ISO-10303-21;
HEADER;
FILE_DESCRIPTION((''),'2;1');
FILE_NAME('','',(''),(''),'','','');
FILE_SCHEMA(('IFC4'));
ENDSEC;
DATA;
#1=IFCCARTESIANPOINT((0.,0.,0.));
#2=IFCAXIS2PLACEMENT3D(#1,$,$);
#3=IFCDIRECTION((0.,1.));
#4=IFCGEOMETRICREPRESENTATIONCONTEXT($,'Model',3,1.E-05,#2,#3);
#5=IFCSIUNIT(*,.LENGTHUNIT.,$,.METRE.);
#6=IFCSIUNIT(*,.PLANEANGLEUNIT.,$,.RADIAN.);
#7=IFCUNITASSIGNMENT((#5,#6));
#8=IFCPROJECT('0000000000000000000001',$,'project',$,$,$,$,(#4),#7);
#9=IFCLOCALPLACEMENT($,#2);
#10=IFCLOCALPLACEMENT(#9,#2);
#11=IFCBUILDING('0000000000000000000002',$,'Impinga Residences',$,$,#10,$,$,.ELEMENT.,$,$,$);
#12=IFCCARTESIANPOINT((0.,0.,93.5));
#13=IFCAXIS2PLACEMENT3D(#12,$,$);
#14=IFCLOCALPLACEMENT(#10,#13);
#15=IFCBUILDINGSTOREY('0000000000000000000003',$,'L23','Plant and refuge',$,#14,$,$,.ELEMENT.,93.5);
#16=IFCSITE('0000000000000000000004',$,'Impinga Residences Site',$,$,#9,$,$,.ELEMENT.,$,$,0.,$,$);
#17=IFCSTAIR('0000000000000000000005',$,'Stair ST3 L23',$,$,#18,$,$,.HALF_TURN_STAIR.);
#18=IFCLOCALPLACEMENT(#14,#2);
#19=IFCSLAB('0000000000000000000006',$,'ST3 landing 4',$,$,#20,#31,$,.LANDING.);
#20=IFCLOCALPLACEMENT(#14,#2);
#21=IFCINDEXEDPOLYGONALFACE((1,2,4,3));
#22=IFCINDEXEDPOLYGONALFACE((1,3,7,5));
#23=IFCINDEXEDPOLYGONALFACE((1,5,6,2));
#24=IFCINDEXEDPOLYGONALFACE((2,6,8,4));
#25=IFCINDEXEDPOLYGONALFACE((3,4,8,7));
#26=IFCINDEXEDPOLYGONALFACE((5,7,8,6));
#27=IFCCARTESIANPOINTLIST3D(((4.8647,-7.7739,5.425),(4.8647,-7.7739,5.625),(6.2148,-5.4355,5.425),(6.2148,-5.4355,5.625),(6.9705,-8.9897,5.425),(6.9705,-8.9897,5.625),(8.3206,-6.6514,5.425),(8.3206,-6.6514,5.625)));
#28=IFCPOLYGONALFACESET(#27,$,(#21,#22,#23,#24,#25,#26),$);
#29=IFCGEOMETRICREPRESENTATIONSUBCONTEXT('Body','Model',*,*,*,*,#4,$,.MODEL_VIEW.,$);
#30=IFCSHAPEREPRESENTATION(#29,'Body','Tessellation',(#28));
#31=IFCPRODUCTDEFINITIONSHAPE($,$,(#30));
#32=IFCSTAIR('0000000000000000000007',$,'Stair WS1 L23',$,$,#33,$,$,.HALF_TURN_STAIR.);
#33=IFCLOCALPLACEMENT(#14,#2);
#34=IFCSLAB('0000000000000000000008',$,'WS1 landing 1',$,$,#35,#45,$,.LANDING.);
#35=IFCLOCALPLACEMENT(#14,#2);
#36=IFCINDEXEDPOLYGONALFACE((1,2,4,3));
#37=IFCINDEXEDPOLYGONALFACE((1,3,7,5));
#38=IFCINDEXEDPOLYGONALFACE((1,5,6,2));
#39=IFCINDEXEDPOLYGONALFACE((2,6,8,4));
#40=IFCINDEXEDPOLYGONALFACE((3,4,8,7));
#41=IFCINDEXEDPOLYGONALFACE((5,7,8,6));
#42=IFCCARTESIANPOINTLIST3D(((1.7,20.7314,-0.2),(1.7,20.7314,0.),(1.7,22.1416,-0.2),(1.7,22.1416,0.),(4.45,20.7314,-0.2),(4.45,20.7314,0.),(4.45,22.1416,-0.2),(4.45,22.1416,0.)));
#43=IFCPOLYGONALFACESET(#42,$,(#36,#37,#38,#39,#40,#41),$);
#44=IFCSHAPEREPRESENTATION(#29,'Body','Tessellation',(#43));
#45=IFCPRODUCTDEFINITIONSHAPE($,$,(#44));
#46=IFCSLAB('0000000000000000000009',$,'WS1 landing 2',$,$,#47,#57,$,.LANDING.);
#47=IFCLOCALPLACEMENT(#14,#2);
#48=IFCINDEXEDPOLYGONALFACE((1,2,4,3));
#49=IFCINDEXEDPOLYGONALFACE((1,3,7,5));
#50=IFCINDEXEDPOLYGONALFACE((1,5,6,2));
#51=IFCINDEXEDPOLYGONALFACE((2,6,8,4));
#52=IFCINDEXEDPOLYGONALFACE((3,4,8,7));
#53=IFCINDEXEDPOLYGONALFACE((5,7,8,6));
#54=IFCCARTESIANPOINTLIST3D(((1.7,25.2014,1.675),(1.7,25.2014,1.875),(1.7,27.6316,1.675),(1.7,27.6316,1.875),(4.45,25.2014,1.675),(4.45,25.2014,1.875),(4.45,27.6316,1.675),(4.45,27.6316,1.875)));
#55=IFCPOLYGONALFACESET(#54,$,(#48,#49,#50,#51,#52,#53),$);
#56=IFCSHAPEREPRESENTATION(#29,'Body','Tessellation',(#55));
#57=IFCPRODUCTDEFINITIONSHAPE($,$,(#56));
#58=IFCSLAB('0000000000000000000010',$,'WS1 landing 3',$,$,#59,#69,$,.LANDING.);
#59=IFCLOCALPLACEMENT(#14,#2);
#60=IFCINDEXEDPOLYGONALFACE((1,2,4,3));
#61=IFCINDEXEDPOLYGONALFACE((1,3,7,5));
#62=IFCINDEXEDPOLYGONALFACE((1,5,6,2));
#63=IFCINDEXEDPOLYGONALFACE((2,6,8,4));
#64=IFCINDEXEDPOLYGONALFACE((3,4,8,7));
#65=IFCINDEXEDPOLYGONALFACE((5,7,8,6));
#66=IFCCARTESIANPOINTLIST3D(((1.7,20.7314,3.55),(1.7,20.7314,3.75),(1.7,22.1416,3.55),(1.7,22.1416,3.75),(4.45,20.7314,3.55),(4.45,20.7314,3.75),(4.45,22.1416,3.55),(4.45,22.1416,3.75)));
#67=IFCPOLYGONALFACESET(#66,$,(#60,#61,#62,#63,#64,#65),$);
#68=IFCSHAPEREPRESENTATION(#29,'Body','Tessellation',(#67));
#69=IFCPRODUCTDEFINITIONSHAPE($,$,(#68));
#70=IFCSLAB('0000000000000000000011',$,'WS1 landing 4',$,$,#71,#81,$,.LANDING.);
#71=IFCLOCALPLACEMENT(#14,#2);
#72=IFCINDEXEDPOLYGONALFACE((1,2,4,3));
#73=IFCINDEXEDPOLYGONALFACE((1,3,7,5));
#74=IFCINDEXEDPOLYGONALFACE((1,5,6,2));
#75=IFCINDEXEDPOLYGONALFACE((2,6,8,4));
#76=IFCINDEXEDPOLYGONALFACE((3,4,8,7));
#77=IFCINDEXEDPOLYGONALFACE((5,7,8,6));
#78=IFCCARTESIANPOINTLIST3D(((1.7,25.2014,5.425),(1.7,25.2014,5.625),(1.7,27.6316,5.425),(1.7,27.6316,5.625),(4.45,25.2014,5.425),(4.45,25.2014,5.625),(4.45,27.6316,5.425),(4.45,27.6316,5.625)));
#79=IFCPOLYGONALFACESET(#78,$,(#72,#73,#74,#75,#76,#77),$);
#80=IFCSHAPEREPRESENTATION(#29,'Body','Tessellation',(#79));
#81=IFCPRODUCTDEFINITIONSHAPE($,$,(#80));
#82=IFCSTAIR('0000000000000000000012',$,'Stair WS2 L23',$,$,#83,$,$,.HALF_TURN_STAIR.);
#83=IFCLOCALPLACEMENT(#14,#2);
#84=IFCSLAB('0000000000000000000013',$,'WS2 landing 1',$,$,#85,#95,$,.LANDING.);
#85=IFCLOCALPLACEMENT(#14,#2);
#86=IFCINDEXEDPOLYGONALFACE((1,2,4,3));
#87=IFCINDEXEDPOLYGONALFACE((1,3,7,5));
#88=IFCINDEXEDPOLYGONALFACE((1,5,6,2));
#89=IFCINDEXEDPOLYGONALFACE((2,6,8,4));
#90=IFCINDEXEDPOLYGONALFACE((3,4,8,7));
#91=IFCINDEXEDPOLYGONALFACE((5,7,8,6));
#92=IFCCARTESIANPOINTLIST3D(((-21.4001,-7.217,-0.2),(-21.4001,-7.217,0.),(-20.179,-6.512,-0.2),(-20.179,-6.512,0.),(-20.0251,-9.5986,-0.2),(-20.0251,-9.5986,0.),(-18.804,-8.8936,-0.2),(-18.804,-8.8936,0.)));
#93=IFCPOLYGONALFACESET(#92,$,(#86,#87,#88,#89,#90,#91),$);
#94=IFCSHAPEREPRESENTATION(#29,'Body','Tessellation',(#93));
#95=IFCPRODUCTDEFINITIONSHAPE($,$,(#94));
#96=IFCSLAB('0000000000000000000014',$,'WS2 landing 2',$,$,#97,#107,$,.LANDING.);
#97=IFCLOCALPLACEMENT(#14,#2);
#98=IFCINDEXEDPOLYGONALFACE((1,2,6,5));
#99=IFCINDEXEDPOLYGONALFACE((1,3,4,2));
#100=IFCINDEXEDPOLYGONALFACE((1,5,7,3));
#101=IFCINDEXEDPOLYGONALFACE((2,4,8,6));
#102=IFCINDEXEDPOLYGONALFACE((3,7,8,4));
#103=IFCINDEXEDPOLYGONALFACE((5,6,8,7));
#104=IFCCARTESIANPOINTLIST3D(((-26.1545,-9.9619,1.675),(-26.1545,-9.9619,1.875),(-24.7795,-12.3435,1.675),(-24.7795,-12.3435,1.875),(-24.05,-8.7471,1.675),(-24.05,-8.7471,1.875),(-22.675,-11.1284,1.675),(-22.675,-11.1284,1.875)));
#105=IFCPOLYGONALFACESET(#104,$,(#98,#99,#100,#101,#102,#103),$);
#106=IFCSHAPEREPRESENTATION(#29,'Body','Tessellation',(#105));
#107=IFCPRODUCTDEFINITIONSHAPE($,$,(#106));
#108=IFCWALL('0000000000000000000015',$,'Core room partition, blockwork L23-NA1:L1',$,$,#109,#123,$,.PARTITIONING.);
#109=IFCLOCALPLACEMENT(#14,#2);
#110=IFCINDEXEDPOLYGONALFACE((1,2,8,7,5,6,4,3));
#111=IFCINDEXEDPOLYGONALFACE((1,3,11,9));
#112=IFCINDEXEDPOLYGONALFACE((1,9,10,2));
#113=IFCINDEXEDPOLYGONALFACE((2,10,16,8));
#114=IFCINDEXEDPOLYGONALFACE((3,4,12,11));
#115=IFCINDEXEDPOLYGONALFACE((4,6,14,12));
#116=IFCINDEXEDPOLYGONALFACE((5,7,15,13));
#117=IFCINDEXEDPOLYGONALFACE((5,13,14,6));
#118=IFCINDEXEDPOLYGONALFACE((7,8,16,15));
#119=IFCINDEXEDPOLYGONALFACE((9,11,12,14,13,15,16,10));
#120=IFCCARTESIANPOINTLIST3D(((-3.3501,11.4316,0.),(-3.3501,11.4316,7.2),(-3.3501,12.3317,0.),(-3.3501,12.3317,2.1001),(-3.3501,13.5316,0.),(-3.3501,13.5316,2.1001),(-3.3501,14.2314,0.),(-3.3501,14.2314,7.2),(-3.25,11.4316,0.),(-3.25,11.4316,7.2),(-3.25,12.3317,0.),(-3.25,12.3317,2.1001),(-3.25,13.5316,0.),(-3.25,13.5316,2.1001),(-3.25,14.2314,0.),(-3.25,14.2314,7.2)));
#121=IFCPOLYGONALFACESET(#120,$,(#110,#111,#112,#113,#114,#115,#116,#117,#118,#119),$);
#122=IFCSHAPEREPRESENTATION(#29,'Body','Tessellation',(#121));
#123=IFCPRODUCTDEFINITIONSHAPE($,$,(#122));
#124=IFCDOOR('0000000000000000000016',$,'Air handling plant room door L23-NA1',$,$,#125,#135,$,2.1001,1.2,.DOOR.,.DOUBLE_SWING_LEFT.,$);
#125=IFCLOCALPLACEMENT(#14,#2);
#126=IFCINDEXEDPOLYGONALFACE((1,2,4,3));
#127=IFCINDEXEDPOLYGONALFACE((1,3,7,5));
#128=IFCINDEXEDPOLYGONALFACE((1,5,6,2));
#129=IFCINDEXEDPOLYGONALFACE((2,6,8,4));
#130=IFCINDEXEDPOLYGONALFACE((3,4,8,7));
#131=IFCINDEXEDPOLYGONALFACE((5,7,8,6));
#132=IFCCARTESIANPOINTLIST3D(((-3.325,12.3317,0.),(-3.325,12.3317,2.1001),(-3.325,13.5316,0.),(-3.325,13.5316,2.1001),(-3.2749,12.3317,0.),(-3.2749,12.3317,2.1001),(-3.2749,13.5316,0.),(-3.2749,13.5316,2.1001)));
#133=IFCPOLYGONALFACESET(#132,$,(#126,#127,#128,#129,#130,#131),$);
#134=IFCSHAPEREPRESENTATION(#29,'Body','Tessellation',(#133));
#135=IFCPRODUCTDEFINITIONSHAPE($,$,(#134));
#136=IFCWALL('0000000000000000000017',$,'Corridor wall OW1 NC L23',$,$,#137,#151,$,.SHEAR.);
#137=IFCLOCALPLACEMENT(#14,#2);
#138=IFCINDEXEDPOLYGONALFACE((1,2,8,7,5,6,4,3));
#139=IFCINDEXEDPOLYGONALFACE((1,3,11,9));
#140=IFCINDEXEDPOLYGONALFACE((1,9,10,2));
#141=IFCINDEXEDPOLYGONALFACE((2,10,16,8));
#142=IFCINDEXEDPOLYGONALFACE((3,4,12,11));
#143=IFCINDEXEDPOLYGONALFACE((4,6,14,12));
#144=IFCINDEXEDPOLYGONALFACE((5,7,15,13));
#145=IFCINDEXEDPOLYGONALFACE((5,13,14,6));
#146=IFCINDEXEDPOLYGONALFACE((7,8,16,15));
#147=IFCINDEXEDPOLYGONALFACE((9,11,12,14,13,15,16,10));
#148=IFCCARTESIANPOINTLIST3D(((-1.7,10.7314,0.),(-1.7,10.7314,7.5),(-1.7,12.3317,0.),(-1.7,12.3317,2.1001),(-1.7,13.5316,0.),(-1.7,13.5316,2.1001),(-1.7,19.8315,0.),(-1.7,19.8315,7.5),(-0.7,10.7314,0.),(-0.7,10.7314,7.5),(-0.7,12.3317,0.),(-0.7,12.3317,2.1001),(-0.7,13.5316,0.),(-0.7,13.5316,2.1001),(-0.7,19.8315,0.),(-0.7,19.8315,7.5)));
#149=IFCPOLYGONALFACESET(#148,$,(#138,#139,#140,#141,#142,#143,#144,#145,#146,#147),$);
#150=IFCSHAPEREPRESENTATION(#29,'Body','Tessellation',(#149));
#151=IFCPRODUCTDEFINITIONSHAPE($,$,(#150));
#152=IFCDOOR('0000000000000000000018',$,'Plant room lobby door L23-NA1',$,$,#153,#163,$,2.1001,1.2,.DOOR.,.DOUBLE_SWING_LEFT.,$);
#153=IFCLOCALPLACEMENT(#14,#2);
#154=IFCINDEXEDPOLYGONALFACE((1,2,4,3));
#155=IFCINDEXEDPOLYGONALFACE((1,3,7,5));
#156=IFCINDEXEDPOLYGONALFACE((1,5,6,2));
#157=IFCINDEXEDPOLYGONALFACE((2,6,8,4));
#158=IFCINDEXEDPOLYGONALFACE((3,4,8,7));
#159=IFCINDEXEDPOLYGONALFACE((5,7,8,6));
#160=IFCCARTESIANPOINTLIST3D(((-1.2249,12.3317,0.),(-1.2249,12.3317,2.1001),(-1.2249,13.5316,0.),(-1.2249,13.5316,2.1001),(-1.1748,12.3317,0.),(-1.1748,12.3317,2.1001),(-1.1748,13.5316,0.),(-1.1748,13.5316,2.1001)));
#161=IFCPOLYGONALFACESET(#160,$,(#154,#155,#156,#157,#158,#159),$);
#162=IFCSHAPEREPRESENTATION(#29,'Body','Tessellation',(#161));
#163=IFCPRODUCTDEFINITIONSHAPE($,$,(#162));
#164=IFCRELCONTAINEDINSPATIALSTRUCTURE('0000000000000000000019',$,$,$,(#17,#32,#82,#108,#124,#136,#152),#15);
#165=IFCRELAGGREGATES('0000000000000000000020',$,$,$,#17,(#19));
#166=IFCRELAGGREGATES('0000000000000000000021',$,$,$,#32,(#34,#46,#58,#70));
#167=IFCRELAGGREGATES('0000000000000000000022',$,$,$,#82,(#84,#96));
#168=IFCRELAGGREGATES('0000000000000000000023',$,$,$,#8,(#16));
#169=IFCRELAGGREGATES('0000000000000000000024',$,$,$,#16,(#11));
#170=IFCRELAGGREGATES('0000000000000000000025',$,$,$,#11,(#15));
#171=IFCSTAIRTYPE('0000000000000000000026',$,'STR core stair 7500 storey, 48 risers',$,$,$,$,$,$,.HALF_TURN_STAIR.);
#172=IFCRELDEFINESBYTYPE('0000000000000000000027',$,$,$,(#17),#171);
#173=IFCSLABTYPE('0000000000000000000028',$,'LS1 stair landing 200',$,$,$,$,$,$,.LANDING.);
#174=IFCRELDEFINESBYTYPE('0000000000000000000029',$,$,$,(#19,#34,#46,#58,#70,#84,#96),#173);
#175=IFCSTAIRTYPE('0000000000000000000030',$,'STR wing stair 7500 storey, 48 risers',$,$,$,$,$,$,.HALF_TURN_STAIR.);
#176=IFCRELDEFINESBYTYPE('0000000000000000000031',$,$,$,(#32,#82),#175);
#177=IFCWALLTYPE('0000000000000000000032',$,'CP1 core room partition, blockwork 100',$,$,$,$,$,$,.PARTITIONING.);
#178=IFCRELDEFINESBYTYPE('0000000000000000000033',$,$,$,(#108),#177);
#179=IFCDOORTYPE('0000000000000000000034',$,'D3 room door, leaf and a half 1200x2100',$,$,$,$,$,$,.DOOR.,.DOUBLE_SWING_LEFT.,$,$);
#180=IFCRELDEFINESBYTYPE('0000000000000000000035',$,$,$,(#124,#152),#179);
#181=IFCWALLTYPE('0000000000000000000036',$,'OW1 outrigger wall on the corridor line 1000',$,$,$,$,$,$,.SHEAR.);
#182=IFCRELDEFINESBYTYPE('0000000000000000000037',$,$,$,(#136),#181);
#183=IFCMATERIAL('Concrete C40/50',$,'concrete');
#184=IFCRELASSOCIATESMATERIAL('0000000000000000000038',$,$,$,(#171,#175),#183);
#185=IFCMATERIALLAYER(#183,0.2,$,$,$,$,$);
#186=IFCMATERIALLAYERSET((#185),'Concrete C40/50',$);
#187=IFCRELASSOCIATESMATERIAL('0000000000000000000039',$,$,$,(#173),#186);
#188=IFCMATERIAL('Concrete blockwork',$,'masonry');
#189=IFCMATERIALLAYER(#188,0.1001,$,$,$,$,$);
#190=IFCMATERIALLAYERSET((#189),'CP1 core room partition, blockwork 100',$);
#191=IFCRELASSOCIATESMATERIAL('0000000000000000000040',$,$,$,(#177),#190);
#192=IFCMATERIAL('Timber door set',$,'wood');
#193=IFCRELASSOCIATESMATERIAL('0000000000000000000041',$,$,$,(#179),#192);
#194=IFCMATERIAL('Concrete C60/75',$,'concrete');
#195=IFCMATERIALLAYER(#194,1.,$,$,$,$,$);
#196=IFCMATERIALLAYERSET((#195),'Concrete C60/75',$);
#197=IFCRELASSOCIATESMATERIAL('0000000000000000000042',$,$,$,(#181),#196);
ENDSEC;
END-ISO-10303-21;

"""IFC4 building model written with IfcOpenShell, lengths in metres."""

from ifc_helpers import new_model, si_unit, direction, frame, frame_2d, origin, place, context, subcontext, project, spatial, polyline, rectangle, outline, extrude, material, layer, layer_set, type_object, element, fill, aggregate, save


model = new_model("IFC4")

# Units and contexts
model_context = context("Model", 3, precision=1e-05, world=origin(), true_north=direction((0.0, 1.0)))
body_context = subcontext(model_context, "Body", "Model", "MODEL_VIEW")
ifc_project = project(units=[si_unit("LENGTHUNIT", "METRE"), si_unit("PLANEANGLEUNIT", "RADIAN")], contexts=[model_context])

# Site, building, storey
site_placement = place(None, origin())
site = spatial("IfcSite", under=ifc_project, at=site_placement, Name="Impinga Residences Site", CompositionType="ELEMENT", RefElevation=0.0)
building_placement = place(site_placement, origin())
building = spatial("IfcBuilding", under=site, at=building_placement, Name="Impinga Residences", CompositionType="ELEMENT")
storey_placement = place(building_placement, frame((0.0, 0.0, 93.5)))
storey = spatial("IfcBuildingStorey", under=building, at=storey_placement, Name="L23", Description="Plant and refuge", CompositionType="ELEMENT", Elevation=93.5)

# Stair, slab
ifc_material_1 = material(Name="Concrete C40/50", Category="concrete")
stair_type_1 = type_object("IfcStairType", Name="STR core stair 7500 storey, 48 risers", PredefinedType="HALF_TURN_STAIR", material=ifc_material_1)
stair_1_placement = place(storey_placement, origin())
stair_1 = element("IfcStair", 1, at=stair_1_placement, inside=storey, type_object=stair_type_1, Name="Stair ST3 L23", PredefinedType="HALF_TURN_STAIR")
ifc_layer_1 = layer(ifc_material_1, 0.2)
ifc_layer_set_1 = layer_set([ifc_layer_1], Name="Concrete C40/50")
slab_type = type_object("IfcSlabType", Name="LS1 stair landing 200", PredefinedType="LANDING", material=ifc_layer_set_1)
slab_1_placement = place(storey_placement, frame((0.0, 0.0, 5.425)))
slab_1 = element("IfcSlab", 2, at=slab_1_placement, type_object=slab_type, Name="ST3 landing 4", PredefinedType="LANDING", context=body_context, shape_type="SweptSolid", body=[
    extrude(outline(polyline([(6.2148, -5.4355), (4.8647, -7.7739), (6.9705, -8.9897), (8.3206, -6.6514), (6.2148, -5.4355)])), origin(), (0.0, 0.0, 1.0), 0.2),
])
aggregate(stair_1, [slab_1])

# Stairs, slabs
stair_type_2 = type_object("IfcStairType", Name="STR wing stair 7500 storey, 48 risers", PredefinedType="HALF_TURN_STAIR", material=ifc_material_1)
stair_2_placement = place(storey_placement, origin())
stair_2 = element("IfcStair", 3, at=stair_2_placement, inside=storey, type_object=stair_type_2, Name="Stair WS1 L23", PredefinedType="HALF_TURN_STAIR")
slab_2_placement = place(storey_placement, frame((0.0, 0.0, -0.2)))
slab_2 = element("IfcSlab", 4, at=slab_2_placement, type_object=slab_type, Name="WS1 landing 1", PredefinedType="LANDING", context=body_context, shape_type="SweptSolid", body=[
    extrude(outline(polyline([(1.7, 20.7314), (4.45, 20.7314), (4.45, 22.1416), (1.7, 22.1416), (1.7, 20.7314)])), origin(), (0.0, 0.0, 1.0), 0.2),
])
slab_3_placement = place(storey_placement, frame((0.0, 0.0, 1.675)))
slab_3 = element("IfcSlab", 5, at=slab_3_placement, type_object=slab_type, Name="WS1 landing 2", PredefinedType="LANDING", context=body_context, shape_type="SweptSolid", body=[
    extrude(outline(polyline([(1.7, 25.2014), (4.45, 25.2014), (4.45, 27.6316), (1.7, 27.6316), (1.7, 25.2014)])), origin(), (0.0, 0.0, 1.0), 0.2),
])
slab_4_placement = place(storey_placement, frame((0.0, 0.0, 3.55)))
slab_4 = element("IfcSlab", 6, at=slab_4_placement, type_object=slab_type, Name="WS1 landing 3", PredefinedType="LANDING", context=body_context, shape_type="SweptSolid", body=[
    extrude(outline(polyline([(1.7, 20.7314), (4.45, 20.7314), (4.45, 22.1416), (1.7, 22.1416), (1.7, 20.7314)])), origin(), (0.0, 0.0, 1.0), 0.2),
])
slab_5_placement = place(storey_placement, frame((0.0, 0.0, 5.425)))
slab_5 = element("IfcSlab", 7, at=slab_5_placement, type_object=slab_type, Name="WS1 landing 4", PredefinedType="LANDING", context=body_context, shape_type="SweptSolid", body=[
    extrude(outline(polyline([(1.7, 25.2014), (4.45, 25.2014), (4.45, 27.6316), (1.7, 27.6316), (1.7, 25.2014)])), origin(), (0.0, 0.0, 1.0), 0.2),
])
aggregate(stair_2, [slab_2, slab_3, slab_4, slab_5])
stair_3_placement = place(storey_placement, origin())
stair_3 = element("IfcStair", 8, at=stair_3_placement, inside=storey, type_object=stair_type_2, Name="Stair WS2 L23", PredefinedType="HALF_TURN_STAIR")
slab_6_placement = place(storey_placement, frame((0.0, 0.0, -0.2)))
slab_6 = element("IfcSlab", 9, at=slab_6_placement, type_object=slab_type, Name="WS2 landing 1", PredefinedType="LANDING", context=body_context, shape_type="SweptSolid", body=[
    extrude(outline(polyline([(-18.804, -8.8936), (-20.179, -6.512), (-21.4001, -7.217), (-20.0251, -9.5986), (-18.804, -8.8936)])), origin(), (0.0, 0.0, 1.0), 0.2),
])
slab_7_placement = place(storey_placement, frame((0.0, 0.0, 1.675)))
slab_7 = element("IfcSlab", 10, at=slab_7_placement, type_object=slab_type, Name="WS2 landing 2", PredefinedType="LANDING", context=body_context, shape_type="SweptSolid", body=[
    extrude(outline(polyline([(-22.675, -11.1284), (-24.05, -8.7471), (-26.1545, -9.9619), (-24.7795, -12.3435), (-22.675, -11.1284)])), origin(), (0.0, 0.0, 1.0), 0.2),
])
aggregate(stair_3, [slab_6, slab_7])

# Walls, openings, doors
ifc_material_2 = material(Name="Concrete blockwork", Category="masonry")
ifc_layer_2 = layer(ifc_material_2, 0.1001)
ifc_layer_set_2 = layer_set([ifc_layer_2], Name="CP1 core room partition, blockwork 100")
wall_type_1 = type_object("IfcWallType", Name="CP1 core room partition, blockwork 100", PredefinedType="PARTITIONING", material=ifc_layer_set_2)
wall_1_placement = place(storey_placement, frame((-3.3, 11.4316, 0.0), z_axis=(0.0, 0.0, 1.0), x_axis=(0.0, 1.0, 0.0)))
wall_1 = element("IfcWall", 11, at=wall_1_placement, inside=storey, type_object=wall_type_1, Name="Core room partition, blockwork L23-NA1:L1", PredefinedType="PARTITIONING", context=body_context, shape_type="SweptSolid", body=[
    extrude(rectangle(XDim=2.7998, YDim=0.1001, at=frame_2d((1.3999, 0.0))), origin(), (0.0, 0.0, 1.0), 7.2),
])
opening_1_placement = place(wall_1_placement, frame((0.8999, 0.0, 0.0)))
opening_1 = element("IfcOpeningElement", 12, at=opening_1_placement, cuts=wall_1, PredefinedType="OPENING", context=body_context, shape_type="SweptSolid", body=[
    extrude(rectangle(XDim=1.2, YDim=2.1001, at=frame_2d((0.6001, 1.05))), frame((0.0, 0.0601, 0.0), z_axis=(0.0, -1.0, 0.0), x_axis=(1.0, 0.0, 0.0)), (0.0, 0.0, 1.0), 0.1201),
])
ifc_material_3 = material(Name="Timber door set", Category="wood")
door_type_1 = type_object("IfcDoorType", Name="D3 room door, leaf and a half 1200x2100", OperationType="DOUBLE_SWING_LEFT", PredefinedType="DOOR", material=ifc_material_3)
door_1_placement = place(opening_1_placement, origin())
door_1 = element("IfcDoor", 13, at=door_1_placement, inside=storey, type_object=door_type_1, Name="Air handling plant room door L23-NA1", OperationType="DOUBLE_SWING_LEFT", OverallHeight=2.1001, OverallWidth=1.2, PredefinedType="DOOR", context=body_context, shape_type="SweptSolid", body=[
    extrude(rectangle(XDim=1.2, YDim=2.1001, at=frame_2d((0.6001, 1.05))), frame((0.0, 0.0249, 0.0), z_axis=(0.0, -1.0, 0.0), x_axis=(1.0, 0.0, 0.0)), (0.0, 0.0, 1.0), 0.05),
])
fill(opening_1, door_1)
ifc_material_4 = material(Name="Concrete C60/75", Category="concrete")
ifc_layer_3 = layer(ifc_material_4, 1.0)
ifc_layer_set_3 = layer_set([ifc_layer_3], Name="Concrete C60/75")
wall_type_2 = type_object("IfcWallType", Name="OW1 outrigger wall on the corridor line 1000", PredefinedType="SHEAR", material=ifc_layer_set_3)
wall_2_placement = place(storey_placement, frame((-1.2, 10.7314, 0.0), z_axis=(0.0, 0.0, 1.0), x_axis=(0.0, 1.0, 0.0)))
wall_2 = element("IfcWall", 14, at=wall_2_placement, inside=storey, type_object=wall_type_2, Name="Corridor wall OW1 NC L23", PredefinedType="SHEAR", context=body_context, shape_type="SweptSolid", body=[
    extrude(rectangle(XDim=9.1001, YDim=1.0, at=frame_2d((4.55, 0.0))), origin(), (0.0, 0.0, 1.0), 7.5),
])
opening_2_placement = place(wall_2_placement, frame((1.6001, 0.0, 0.0)))
opening_2 = element("IfcOpeningElement", 15, at=opening_2_placement, cuts=wall_2, PredefinedType="OPENING", context=body_context, shape_type="SweptSolid", body=[
    extrude(rectangle(XDim=1.2, YDim=2.1001, at=frame_2d((0.6001, 1.05))), frame((0.0, 0.51, 0.0), z_axis=(0.0, -1.0, 0.0), x_axis=(1.0, 0.0, 0.0)), (0.0, 0.0, 1.0), 1.02),
])
door_2_placement = place(opening_2_placement, origin())
door_2 = element("IfcDoor", 16, at=door_2_placement, inside=storey, type_object=door_type_1, Name="Plant room lobby door L23-NA1", OperationType="DOUBLE_SWING_LEFT", OverallHeight=2.1001, OverallWidth=1.2, PredefinedType="DOOR", context=body_context, shape_type="SweptSolid", body=[
    extrude(rectangle(XDim=1.2, YDim=2.1001, at=frame_2d((0.6001, 1.05))), frame((0.0, 0.0249, 0.0), z_axis=(0.0, -1.0, 0.0), x_axis=(1.0, 0.0, 0.0)), (0.0, 0.0, 1.0), 0.05),
])
fill(opening_2, door_2)

save(model, "model.ifc")
